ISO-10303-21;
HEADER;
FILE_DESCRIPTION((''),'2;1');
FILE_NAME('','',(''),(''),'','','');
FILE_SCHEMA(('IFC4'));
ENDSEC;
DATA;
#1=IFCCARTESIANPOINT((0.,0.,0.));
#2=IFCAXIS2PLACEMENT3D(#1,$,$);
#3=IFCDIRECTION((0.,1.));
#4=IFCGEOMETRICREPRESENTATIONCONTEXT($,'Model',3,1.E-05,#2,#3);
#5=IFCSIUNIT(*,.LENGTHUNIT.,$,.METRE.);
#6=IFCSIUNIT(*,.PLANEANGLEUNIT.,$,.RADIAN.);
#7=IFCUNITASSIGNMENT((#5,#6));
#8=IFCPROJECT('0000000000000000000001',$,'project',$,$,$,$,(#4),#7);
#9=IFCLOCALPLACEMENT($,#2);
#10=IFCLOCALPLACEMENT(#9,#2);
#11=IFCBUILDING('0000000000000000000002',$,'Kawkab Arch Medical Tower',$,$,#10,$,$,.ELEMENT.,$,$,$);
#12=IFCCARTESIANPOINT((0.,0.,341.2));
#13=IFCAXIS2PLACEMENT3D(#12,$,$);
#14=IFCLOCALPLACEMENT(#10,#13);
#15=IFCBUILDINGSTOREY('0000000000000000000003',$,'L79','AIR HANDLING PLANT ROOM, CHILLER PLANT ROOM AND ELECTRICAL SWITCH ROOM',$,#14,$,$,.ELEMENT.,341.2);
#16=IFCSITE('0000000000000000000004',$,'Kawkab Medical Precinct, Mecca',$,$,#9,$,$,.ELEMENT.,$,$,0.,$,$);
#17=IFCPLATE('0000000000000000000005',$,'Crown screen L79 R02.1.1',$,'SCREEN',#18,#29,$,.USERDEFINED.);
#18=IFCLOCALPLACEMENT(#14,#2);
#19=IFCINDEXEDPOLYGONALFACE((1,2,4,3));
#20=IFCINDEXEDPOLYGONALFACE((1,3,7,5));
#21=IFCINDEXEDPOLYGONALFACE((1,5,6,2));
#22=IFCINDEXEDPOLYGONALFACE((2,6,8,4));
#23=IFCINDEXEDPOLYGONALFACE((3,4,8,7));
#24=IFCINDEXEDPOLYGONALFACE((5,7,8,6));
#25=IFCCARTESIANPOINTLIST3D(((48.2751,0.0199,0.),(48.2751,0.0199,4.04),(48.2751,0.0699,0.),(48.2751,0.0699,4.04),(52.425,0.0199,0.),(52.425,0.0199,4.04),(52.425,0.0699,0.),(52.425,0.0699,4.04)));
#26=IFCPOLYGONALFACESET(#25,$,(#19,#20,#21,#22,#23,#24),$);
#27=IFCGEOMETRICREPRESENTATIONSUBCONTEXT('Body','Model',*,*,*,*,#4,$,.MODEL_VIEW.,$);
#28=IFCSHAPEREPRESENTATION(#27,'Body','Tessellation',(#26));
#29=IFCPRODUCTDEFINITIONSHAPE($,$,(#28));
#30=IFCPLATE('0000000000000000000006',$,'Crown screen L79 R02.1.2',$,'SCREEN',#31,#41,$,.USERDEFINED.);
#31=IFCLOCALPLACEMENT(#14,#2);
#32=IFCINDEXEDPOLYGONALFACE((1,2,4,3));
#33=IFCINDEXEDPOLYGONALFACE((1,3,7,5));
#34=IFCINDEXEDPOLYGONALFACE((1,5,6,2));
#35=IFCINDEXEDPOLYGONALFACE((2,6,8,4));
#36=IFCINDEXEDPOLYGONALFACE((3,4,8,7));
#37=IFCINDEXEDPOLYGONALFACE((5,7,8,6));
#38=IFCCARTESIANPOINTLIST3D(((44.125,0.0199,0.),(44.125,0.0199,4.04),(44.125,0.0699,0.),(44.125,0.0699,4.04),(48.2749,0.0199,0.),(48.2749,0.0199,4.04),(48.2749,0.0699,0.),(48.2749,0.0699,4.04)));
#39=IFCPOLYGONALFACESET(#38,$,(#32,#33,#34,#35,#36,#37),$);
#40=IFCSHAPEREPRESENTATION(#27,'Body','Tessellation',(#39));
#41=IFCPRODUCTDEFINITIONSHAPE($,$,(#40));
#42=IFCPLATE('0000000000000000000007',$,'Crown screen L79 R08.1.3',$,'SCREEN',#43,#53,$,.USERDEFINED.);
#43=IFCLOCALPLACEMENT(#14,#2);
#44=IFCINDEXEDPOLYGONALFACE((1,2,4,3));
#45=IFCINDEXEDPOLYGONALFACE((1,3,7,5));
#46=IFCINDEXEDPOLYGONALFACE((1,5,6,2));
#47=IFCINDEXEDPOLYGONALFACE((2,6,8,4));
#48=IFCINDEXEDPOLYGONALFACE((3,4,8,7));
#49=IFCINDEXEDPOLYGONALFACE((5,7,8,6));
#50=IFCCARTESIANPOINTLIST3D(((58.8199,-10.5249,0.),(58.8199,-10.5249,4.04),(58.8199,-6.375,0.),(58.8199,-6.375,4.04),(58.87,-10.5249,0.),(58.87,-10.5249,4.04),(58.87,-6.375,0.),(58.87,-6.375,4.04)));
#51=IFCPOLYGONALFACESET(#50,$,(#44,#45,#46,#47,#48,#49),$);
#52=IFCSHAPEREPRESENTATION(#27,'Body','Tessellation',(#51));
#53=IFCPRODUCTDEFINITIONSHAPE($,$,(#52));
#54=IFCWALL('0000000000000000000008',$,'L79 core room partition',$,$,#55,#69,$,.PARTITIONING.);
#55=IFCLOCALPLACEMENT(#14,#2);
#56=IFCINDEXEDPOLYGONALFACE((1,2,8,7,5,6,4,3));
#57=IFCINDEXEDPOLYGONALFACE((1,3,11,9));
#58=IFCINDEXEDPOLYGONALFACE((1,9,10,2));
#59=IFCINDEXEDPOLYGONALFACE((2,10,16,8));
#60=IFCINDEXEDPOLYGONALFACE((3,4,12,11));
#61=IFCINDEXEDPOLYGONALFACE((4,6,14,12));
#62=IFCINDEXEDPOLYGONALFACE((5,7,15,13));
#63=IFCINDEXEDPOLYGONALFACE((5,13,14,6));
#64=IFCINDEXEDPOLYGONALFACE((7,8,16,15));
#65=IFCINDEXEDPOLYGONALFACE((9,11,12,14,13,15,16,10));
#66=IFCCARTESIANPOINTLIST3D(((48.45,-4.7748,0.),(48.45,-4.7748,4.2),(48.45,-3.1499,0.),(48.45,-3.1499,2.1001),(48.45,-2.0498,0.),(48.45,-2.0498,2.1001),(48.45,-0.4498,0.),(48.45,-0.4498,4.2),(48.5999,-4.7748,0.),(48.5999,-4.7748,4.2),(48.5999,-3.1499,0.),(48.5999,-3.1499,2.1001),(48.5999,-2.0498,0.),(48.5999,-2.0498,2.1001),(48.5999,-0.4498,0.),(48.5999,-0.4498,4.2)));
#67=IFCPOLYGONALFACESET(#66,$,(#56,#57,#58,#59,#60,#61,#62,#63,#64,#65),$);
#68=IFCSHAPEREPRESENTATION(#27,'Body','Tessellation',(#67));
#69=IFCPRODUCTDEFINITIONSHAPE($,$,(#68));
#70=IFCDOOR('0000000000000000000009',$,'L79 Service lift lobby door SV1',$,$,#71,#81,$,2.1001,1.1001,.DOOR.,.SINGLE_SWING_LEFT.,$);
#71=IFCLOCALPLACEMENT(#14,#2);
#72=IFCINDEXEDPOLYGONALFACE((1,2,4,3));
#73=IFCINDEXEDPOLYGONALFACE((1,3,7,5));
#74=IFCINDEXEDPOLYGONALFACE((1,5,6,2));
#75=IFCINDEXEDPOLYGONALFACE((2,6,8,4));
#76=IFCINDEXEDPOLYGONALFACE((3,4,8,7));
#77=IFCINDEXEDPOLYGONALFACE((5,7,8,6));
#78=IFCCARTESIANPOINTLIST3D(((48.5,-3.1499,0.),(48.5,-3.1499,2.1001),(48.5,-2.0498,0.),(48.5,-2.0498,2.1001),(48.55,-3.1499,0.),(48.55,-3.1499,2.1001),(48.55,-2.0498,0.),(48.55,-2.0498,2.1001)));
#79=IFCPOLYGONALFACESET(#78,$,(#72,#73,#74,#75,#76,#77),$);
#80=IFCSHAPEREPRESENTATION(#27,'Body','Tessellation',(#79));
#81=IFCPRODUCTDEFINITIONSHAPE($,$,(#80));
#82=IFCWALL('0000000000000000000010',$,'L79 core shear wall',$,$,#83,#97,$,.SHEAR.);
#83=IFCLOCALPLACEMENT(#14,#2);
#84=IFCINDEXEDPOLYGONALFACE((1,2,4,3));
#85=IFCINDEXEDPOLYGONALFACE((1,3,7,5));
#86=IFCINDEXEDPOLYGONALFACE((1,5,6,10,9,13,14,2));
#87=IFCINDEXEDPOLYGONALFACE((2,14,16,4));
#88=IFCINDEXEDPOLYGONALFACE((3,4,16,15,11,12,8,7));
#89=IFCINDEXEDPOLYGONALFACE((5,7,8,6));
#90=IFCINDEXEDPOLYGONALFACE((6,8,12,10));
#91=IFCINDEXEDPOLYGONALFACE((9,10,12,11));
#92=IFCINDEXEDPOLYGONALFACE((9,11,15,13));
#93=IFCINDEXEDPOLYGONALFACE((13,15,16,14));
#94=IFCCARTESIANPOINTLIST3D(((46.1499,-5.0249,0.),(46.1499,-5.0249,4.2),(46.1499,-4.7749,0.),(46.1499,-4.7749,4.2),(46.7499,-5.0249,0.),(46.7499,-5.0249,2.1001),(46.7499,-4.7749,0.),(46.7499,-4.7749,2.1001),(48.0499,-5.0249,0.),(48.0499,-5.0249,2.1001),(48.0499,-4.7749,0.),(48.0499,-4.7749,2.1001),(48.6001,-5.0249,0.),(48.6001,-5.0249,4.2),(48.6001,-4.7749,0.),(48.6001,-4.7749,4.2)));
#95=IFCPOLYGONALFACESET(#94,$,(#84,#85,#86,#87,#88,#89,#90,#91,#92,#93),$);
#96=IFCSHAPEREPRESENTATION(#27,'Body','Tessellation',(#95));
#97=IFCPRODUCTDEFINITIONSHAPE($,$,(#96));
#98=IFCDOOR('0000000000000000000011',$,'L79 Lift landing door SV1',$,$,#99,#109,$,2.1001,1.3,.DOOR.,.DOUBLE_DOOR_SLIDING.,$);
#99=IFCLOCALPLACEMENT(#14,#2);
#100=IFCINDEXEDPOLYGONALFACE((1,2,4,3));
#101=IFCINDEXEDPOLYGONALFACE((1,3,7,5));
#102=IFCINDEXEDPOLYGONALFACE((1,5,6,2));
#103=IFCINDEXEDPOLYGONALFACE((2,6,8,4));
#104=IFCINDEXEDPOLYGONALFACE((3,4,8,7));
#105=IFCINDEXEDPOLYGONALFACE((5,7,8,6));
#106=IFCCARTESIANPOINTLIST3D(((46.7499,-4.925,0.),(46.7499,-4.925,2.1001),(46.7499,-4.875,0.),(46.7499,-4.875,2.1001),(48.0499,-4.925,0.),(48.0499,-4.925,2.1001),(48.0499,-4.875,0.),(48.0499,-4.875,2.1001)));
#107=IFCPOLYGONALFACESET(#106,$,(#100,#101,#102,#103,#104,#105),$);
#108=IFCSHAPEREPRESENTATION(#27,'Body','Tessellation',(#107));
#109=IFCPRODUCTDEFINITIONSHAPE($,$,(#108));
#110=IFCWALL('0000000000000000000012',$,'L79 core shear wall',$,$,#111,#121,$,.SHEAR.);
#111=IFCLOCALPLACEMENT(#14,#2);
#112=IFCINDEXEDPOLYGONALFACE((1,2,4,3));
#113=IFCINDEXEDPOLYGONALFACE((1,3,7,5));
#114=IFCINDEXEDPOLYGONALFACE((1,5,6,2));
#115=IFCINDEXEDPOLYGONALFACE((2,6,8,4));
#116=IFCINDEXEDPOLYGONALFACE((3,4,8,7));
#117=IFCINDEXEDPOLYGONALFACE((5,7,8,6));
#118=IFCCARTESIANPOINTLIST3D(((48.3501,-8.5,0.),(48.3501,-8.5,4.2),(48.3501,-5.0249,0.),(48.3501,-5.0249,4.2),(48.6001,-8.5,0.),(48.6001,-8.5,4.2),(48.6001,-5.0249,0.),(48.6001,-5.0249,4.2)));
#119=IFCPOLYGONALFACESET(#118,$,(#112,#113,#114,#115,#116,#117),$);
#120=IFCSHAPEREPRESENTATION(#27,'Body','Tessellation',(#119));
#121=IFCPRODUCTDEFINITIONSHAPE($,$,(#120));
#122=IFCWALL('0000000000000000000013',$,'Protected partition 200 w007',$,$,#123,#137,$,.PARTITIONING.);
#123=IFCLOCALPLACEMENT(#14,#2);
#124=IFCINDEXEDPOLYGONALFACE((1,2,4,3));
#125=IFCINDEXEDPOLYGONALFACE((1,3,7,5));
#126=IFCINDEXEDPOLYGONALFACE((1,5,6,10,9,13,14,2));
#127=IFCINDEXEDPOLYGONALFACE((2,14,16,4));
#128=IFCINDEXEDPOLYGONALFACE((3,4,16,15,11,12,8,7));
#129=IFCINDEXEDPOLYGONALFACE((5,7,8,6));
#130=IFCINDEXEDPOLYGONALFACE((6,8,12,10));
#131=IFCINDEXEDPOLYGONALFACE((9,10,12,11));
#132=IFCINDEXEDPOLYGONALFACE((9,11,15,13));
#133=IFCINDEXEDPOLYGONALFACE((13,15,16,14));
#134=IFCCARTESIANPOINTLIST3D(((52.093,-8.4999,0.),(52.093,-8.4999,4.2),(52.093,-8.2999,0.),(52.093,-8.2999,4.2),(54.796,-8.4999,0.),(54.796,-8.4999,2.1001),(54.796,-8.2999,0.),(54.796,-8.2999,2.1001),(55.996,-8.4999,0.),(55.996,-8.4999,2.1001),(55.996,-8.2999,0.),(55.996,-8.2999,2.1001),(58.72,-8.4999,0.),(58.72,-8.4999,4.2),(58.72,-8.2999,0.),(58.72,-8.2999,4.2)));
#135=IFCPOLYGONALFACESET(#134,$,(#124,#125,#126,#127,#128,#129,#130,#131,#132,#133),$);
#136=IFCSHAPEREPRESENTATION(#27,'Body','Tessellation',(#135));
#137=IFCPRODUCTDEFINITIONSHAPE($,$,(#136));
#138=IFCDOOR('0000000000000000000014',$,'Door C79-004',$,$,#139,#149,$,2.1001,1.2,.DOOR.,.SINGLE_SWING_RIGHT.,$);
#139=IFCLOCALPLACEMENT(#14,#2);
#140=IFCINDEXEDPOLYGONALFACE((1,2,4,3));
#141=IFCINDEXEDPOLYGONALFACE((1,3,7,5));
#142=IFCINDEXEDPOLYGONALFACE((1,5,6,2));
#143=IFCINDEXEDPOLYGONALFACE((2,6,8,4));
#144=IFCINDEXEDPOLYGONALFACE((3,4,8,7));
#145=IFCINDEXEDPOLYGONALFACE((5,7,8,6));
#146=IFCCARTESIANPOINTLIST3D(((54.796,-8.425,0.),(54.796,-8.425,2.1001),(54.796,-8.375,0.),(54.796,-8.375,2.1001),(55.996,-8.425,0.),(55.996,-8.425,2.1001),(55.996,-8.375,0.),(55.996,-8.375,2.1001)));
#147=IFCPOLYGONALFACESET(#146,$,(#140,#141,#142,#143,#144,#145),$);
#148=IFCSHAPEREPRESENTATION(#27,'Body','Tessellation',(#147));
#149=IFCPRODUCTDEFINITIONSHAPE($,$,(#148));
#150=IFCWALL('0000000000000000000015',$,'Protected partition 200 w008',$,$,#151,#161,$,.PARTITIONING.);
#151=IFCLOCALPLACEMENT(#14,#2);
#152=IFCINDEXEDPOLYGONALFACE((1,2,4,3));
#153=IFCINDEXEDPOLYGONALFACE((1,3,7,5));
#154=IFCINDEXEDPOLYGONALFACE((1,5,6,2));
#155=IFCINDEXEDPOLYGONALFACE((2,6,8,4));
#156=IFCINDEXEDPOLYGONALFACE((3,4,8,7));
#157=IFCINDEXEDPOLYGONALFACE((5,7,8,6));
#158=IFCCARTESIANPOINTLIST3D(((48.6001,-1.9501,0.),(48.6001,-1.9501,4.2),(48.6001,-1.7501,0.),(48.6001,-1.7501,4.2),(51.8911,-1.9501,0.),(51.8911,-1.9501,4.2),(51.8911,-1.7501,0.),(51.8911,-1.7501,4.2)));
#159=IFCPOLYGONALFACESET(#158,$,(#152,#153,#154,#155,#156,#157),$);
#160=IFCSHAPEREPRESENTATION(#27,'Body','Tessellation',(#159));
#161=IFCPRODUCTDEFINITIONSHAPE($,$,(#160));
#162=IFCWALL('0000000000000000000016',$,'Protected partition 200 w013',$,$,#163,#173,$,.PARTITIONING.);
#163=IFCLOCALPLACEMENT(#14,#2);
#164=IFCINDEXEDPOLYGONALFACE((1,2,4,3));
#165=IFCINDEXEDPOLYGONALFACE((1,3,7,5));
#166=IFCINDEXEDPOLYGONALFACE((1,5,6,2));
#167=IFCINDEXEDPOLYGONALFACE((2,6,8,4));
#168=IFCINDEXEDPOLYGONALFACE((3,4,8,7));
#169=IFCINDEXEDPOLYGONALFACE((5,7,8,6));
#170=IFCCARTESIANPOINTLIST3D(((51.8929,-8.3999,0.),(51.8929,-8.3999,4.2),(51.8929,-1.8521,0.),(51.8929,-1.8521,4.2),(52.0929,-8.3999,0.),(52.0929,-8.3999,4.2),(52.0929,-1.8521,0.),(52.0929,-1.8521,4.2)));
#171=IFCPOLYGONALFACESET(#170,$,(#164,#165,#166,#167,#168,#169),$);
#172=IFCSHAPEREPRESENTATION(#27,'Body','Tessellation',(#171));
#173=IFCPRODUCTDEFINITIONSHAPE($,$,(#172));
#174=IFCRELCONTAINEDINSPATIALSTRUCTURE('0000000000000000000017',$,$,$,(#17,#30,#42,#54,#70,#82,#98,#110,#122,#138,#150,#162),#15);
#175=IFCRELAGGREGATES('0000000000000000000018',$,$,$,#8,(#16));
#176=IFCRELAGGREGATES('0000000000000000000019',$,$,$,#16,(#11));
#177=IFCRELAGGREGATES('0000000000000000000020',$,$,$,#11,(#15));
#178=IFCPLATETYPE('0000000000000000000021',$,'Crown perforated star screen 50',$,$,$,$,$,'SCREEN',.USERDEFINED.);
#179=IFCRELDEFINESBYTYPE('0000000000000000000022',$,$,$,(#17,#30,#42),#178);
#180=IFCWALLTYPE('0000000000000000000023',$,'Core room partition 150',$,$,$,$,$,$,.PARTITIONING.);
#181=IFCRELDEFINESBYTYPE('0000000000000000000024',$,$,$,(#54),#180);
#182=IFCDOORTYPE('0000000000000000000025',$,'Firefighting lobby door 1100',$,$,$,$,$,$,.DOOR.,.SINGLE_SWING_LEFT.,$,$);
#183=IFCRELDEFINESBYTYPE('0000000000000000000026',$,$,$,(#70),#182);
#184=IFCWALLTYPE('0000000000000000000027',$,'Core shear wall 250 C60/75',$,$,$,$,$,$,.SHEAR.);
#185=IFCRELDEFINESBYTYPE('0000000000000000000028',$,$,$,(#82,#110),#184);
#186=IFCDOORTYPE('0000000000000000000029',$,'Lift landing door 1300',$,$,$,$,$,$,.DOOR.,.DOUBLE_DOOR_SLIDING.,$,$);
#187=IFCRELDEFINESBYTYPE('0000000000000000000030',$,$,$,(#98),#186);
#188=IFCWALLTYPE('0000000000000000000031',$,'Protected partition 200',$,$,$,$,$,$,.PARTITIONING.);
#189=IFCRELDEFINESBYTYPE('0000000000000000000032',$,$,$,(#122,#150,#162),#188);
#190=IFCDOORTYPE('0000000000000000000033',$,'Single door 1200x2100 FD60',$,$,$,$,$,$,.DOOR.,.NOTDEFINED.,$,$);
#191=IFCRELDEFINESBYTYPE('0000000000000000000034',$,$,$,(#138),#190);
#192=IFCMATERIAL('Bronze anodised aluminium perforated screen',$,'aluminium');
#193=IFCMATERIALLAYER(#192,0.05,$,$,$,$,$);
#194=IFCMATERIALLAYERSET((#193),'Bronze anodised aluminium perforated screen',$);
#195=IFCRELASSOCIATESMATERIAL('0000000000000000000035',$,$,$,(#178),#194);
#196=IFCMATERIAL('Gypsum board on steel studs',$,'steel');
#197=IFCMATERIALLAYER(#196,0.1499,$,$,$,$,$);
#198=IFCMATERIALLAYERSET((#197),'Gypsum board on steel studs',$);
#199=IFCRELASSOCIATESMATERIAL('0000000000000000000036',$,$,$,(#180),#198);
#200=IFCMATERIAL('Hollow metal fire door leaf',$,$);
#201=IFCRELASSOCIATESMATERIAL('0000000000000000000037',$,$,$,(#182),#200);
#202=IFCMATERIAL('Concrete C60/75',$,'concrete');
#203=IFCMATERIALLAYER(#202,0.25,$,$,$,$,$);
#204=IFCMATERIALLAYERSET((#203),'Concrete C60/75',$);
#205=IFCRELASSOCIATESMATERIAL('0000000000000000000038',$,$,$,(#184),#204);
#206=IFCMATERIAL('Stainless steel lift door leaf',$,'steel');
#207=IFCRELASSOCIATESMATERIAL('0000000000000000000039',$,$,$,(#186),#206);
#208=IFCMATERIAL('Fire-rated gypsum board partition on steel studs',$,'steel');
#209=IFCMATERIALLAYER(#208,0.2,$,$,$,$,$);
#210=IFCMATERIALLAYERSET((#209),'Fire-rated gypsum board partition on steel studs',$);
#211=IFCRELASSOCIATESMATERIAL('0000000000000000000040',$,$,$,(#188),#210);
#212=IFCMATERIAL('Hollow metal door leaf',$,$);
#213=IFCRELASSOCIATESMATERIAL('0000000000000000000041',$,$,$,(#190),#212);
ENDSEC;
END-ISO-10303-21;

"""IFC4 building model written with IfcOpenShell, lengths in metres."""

from ifc_helpers import new_model, si_unit, direction, frame, frame_2d, origin, origin_2d, place, context, subcontext, project, spatial, rectangle, extrude, material, layer, layer_set, type_object, element, fill, save


model = new_model("IFC4")

# Units and contexts
model_context = context("Model", 3, precision=1e-05, world=origin(), true_north=direction((0.0, 1.0)))
body_context = subcontext(model_context, "Body", "Model", "MODEL_VIEW")
ifc_project = project(units=[si_unit("LENGTHUNIT", "METRE"), si_unit("PLANEANGLEUNIT", "RADIAN")], contexts=[model_context])

# Site, building, storey
site_placement = place(None, origin())
site = spatial("IfcSite", under=ifc_project, at=site_placement, Name="Kawkab Medical Precinct, Mecca", CompositionType="ELEMENT", RefElevation=0.0)
building_placement = place(site_placement, origin())
building = spatial("IfcBuilding", under=site, at=building_placement, Name="Kawkab Arch Medical Tower", CompositionType="ELEMENT")
storey_placement = place(building_placement, frame((0.0, 0.0, 341.2)))
storey = spatial("IfcBuildingStorey", under=building, at=storey_placement, Name="L79", Description="AIR HANDLING PLANT ROOM, CHILLER PLANT ROOM AND ELECTRICAL SWITCH ROOM", CompositionType="ELEMENT", Elevation=341.2)

# Plates
ifc_material_1 = material(Name="Bronze anodised aluminium perforated screen", Category="aluminium")
ifc_layer_1 = layer(ifc_material_1, 0.05)
ifc_layer_set_1 = layer_set([ifc_layer_1], Name="Bronze anodised aluminium perforated screen")
plate_type_1 = type_object("IfcPlateType", Name="Crown perforated star screen 50", ElementType="SCREEN", PredefinedType="USERDEFINED", material=ifc_layer_set_1)
for number, where, z_axis, x_axis, name in (
    (1, (50.3501, 0.0449, 0.0), (0.0, 0.0, 1.0), (-1.0, 0.0, 0.0), "Crown screen L79 R02.1.1"),
    (2, (46.2, 0.0449, 0.0), (0.0, 0.0, 1.0), (-1.0, 0.0, 0.0), "Crown screen L79 R02.1.2"),
    (3, (58.845, -8.45, 0.0), (0.0, 0.0, 1.0), (0.0, 1.0, 0.0), "Crown screen L79 R08.1.3"),
):
    element("IfcPlate", number, at=place(storey_placement, frame(where, z_axis=z_axis, x_axis=x_axis)), inside=storey, type_object=plate_type_1, Name=name, ObjectType="SCREEN", PredefinedType="USERDEFINED", context=body_context, shape_type="SweptSolid", body=[
        extrude(rectangle(XDim=4.1499, YDim=0.05, at=origin_2d()), origin(), (0.0, 0.0, 1.0), 4.04),
    ])

# Walls, openings, doors
ifc_material_2 = material(Name="Gypsum board on steel studs", Category="steel")
ifc_layer_2 = layer(ifc_material_2, 0.1499)
ifc_layer_set_2 = layer_set([ifc_layer_2], Name="Gypsum board on steel studs")
wall_type_1 = type_object("IfcWallType", Name="Core room partition 150", PredefinedType="PARTITIONING", material=ifc_layer_set_2)
wall_1_placement = place(storey_placement, frame((48.5249, -4.7749, 0.0), z_axis=(0.0, 0.0, 1.0), x_axis=(0.0, 1.0, 0.0)))
wall_1 = element("IfcWall", 4, at=wall_1_placement, inside=storey, type_object=wall_type_1, Name="L79 core room partition", PredefinedType="PARTITIONING", context=body_context, shape_type="SweptSolid", body=[
    extrude(rectangle(XDim=4.325, YDim=0.1499, at=frame_2d((2.1626, 0.0))), origin(), (0.0, 0.0, 1.0), 4.2),
])
opening_1_placement = place(wall_1_placement, frame((1.625, 0.0, 0.0)))
opening_1 = element("IfcOpeningElement", 5, at=opening_1_placement, cuts=wall_1, PredefinedType="OPENING", context=body_context, shape_type="SweptSolid", body=[
    extrude(rectangle(XDim=1.1001, YDim=2.1001, at=frame_2d((0.55, 1.05))), frame((0.0, 0.085, 0.0), z_axis=(0.0, -1.0, 0.0), x_axis=(1.0, 0.0, 0.0)), (0.0, 0.0, 1.0), 0.1699),
])
ifc_material_3 = material(Name="Hollow metal fire door leaf")
door_type_1 = type_object("IfcDoorType", Name="Firefighting lobby door 1100", OperationType="SINGLE_SWING_LEFT", PredefinedType="DOOR", material=ifc_material_3)
door_1_placement = place(opening_1_placement, origin())
door_1 = element("IfcDoor", 6, at=door_1_placement, inside=storey, type_object=door_type_1, Name="L79 Service lift lobby door SV1", OperationType="SINGLE_SWING_LEFT", OverallHeight=2.1001, OverallWidth=1.1001, PredefinedType="DOOR", context=body_context, shape_type="SweptSolid", body=[
    extrude(rectangle(XDim=1.1001, YDim=2.1001, at=frame_2d((0.55, 1.05))), frame((0.0, 0.0249, 0.0), z_axis=(0.0, -1.0, 0.0), x_axis=(1.0, 0.0, 0.0)), (0.0, 0.0, 1.0), 0.05),
])
fill(opening_1, door_1)
ifc_material_4 = material(Name="Concrete C60/75", Category="concrete")
ifc_layer_3 = layer(ifc_material_4, 0.25)
ifc_layer_set_3 = layer_set([ifc_layer_3], Name="Concrete C60/75")
wall_type_2 = type_object("IfcWallType", Name="Core shear wall 250 C60/75", PredefinedType="SHEAR", material=ifc_layer_set_3)
wall_2_placement = place(storey_placement, frame((46.1499, -4.8999, 0.0), z_axis=(0.0, 0.0, 1.0), x_axis=(1.0, 0.0, 0.0)))
wall_2 = element("IfcWall", 7, at=wall_2_placement, inside=storey, type_object=wall_type_2, Name="L79 core shear wall", PredefinedType="SHEAR", context=body_context, shape_type="SweptSolid", body=[
    extrude(rectangle(XDim=2.4502, YDim=0.25, at=frame_2d((1.2251, 0.0))), origin(), (0.0, 0.0, 1.0), 4.2),
])
opening_2_placement = place(wall_2_placement, frame((0.6001, 0.0, 0.0)))
opening_2 = element("IfcOpeningElement", 8, at=opening_2_placement, cuts=wall_2, PredefinedType="OPENING", context=body_context, shape_type="SweptSolid", body=[
    extrude(rectangle(XDim=1.3, YDim=2.1001, at=frame_2d((0.6499, 1.05))), frame((0.0, 0.135, 0.0), z_axis=(0.0, -1.0, 0.0), x_axis=(1.0, 0.0, 0.0)), (0.0, 0.0, 1.0), 0.27),
])
ifc_material_5 = material(Name="Stainless steel lift door leaf", Category="steel")
door_type_2 = type_object("IfcDoorType", Name="Lift landing door 1300", OperationType="DOUBLE_DOOR_SLIDING", PredefinedType="DOOR", material=ifc_material_5)
door_2_placement = place(opening_2_placement, origin())
door_2 = element("IfcDoor", 9, at=door_2_placement, inside=storey, type_object=door_type_2, Name="L79 Lift landing door SV1", OperationType="DOUBLE_DOOR_SLIDING", OverallHeight=2.1001, OverallWidth=1.3, PredefinedType="DOOR", context=body_context, shape_type="SweptSolid", body=[
    extrude(rectangle(XDim=1.3, YDim=2.1001, at=frame_2d((0.6499, 1.05))), frame((0.0, 0.0249, 0.0), z_axis=(0.0, -1.0, 0.0), x_axis=(1.0, 0.0, 0.0)), (0.0, 0.0, 1.0), 0.05),
])
fill(opening_2, door_2)

# Wall
wall_3_placement = place(storey_placement, frame((48.4751, -8.5, 0.0), z_axis=(0.0, 0.0, 1.0), x_axis=(0.0, 1.0, 0.0)))
element("IfcWall", 10, at=wall_3_placement, inside=storey, type_object=wall_type_2, Name="L79 core shear wall", PredefinedType="SHEAR", context=body_context, shape_type="SweptSolid", body=[
    extrude(rectangle(XDim=3.4751, YDim=0.25, at=frame_2d((1.7375, 0.0))), origin(), (0.0, 0.0, 1.0), 4.2),
])

# Wall, opening, door
ifc_material_6 = material(Name="Fire-rated gypsum board partition on steel studs", Category="steel")
ifc_layer_4 = layer(ifc_material_6, 0.2)
ifc_layer_set_4 = layer_set([ifc_layer_4], Name="Fire-rated gypsum board partition on steel studs")
wall_type_3 = type_object("IfcWallType", Name="Protected partition 200", PredefinedType="PARTITIONING", material=ifc_layer_set_4)
wall_4_placement = place(storey_placement, frame((52.093, -8.3999, 0.0), z_axis=(0.0, 0.0, 1.0), x_axis=(1.0, 0.0, 0.0)))
wall_4 = element("IfcWall", 11, at=wall_4_placement, inside=storey, type_object=wall_type_3, Name="Protected partition 200 w007", PredefinedType="PARTITIONING", context=body_context, shape_type="SweptSolid", body=[
    extrude(rectangle(XDim=6.627, YDim=0.2, at=frame_2d((3.3135, 0.0))), origin(), (0.0, 0.0, 1.0), 4.2),
])
opening_3_placement = place(wall_4_placement, frame((2.7029, 0.0, 0.0)))
opening_3 = element("IfcOpeningElement", 12, at=opening_3_placement, cuts=wall_4, PredefinedType="OPENING", context=body_context, shape_type="SweptSolid", body=[
    extrude(rectangle(XDim=1.2, YDim=2.1001, at=frame_2d((0.6001, 1.05))), frame((0.0, 0.1099, 0.0), z_axis=(0.0, -1.0, 0.0), x_axis=(1.0, 0.0, 0.0)), (0.0, 0.0, 1.0), 0.22),
])
ifc_material_7 = material(Name="Hollow metal door leaf")
door_type_3 = type_object("IfcDoorType", Name="Single door 1200x2100 FD60", OperationType="NOTDEFINED", PredefinedType="DOOR", material=ifc_material_7)
door_3_placement = place(opening_3_placement, origin())
door_3 = element("IfcDoor", 13, at=door_3_placement, inside=storey, type_object=door_type_3, Name="Door C79-004", OperationType="SINGLE_SWING_RIGHT", OverallHeight=2.1001, OverallWidth=1.2, PredefinedType="DOOR", context=body_context, shape_type="SweptSolid", body=[
    extrude(rectangle(XDim=1.2, YDim=2.1001, at=frame_2d((0.6001, 1.05))), frame((0.0, 0.0249, 0.0), z_axis=(0.0, -1.0, 0.0), x_axis=(1.0, 0.0, 0.0)), (0.0, 0.0, 1.0), 0.05),
])
fill(opening_3, door_3)

# Walls
wall_5_placement = place(storey_placement, frame((48.6001, -1.8501, 0.0), z_axis=(0.0, 0.0, 1.0), x_axis=(1.0, 0.0, 0.0)))
element("IfcWall", 14, at=wall_5_placement, inside=storey, type_object=wall_type_3, Name="Protected partition 200 w008", PredefinedType="PARTITIONING", context=body_context, shape_type="SweptSolid", body=[
    extrude(rectangle(XDim=3.291, YDim=0.2, at=frame_2d((1.6455, 0.0))), origin(), (0.0, 0.0, 1.0), 4.2),
])
wall_6_placement = place(storey_placement, frame((51.9929, -8.3999, 0.0), z_axis=(0.0, 0.0, 1.0), x_axis=(0.0, 1.0, 0.0)))
element("IfcWall", 15, at=wall_6_placement, inside=storey, type_object=wall_type_3, Name="Protected partition 200 w013", PredefinedType="PARTITIONING", context=body_context, shape_type="SweptSolid", body=[
    extrude(rectangle(XDim=6.5479, YDim=0.2, at=frame_2d((3.2739, 0.0))), origin(), (0.0, 0.0, 1.0), 4.2),
])

save(model, "model.ifc")
